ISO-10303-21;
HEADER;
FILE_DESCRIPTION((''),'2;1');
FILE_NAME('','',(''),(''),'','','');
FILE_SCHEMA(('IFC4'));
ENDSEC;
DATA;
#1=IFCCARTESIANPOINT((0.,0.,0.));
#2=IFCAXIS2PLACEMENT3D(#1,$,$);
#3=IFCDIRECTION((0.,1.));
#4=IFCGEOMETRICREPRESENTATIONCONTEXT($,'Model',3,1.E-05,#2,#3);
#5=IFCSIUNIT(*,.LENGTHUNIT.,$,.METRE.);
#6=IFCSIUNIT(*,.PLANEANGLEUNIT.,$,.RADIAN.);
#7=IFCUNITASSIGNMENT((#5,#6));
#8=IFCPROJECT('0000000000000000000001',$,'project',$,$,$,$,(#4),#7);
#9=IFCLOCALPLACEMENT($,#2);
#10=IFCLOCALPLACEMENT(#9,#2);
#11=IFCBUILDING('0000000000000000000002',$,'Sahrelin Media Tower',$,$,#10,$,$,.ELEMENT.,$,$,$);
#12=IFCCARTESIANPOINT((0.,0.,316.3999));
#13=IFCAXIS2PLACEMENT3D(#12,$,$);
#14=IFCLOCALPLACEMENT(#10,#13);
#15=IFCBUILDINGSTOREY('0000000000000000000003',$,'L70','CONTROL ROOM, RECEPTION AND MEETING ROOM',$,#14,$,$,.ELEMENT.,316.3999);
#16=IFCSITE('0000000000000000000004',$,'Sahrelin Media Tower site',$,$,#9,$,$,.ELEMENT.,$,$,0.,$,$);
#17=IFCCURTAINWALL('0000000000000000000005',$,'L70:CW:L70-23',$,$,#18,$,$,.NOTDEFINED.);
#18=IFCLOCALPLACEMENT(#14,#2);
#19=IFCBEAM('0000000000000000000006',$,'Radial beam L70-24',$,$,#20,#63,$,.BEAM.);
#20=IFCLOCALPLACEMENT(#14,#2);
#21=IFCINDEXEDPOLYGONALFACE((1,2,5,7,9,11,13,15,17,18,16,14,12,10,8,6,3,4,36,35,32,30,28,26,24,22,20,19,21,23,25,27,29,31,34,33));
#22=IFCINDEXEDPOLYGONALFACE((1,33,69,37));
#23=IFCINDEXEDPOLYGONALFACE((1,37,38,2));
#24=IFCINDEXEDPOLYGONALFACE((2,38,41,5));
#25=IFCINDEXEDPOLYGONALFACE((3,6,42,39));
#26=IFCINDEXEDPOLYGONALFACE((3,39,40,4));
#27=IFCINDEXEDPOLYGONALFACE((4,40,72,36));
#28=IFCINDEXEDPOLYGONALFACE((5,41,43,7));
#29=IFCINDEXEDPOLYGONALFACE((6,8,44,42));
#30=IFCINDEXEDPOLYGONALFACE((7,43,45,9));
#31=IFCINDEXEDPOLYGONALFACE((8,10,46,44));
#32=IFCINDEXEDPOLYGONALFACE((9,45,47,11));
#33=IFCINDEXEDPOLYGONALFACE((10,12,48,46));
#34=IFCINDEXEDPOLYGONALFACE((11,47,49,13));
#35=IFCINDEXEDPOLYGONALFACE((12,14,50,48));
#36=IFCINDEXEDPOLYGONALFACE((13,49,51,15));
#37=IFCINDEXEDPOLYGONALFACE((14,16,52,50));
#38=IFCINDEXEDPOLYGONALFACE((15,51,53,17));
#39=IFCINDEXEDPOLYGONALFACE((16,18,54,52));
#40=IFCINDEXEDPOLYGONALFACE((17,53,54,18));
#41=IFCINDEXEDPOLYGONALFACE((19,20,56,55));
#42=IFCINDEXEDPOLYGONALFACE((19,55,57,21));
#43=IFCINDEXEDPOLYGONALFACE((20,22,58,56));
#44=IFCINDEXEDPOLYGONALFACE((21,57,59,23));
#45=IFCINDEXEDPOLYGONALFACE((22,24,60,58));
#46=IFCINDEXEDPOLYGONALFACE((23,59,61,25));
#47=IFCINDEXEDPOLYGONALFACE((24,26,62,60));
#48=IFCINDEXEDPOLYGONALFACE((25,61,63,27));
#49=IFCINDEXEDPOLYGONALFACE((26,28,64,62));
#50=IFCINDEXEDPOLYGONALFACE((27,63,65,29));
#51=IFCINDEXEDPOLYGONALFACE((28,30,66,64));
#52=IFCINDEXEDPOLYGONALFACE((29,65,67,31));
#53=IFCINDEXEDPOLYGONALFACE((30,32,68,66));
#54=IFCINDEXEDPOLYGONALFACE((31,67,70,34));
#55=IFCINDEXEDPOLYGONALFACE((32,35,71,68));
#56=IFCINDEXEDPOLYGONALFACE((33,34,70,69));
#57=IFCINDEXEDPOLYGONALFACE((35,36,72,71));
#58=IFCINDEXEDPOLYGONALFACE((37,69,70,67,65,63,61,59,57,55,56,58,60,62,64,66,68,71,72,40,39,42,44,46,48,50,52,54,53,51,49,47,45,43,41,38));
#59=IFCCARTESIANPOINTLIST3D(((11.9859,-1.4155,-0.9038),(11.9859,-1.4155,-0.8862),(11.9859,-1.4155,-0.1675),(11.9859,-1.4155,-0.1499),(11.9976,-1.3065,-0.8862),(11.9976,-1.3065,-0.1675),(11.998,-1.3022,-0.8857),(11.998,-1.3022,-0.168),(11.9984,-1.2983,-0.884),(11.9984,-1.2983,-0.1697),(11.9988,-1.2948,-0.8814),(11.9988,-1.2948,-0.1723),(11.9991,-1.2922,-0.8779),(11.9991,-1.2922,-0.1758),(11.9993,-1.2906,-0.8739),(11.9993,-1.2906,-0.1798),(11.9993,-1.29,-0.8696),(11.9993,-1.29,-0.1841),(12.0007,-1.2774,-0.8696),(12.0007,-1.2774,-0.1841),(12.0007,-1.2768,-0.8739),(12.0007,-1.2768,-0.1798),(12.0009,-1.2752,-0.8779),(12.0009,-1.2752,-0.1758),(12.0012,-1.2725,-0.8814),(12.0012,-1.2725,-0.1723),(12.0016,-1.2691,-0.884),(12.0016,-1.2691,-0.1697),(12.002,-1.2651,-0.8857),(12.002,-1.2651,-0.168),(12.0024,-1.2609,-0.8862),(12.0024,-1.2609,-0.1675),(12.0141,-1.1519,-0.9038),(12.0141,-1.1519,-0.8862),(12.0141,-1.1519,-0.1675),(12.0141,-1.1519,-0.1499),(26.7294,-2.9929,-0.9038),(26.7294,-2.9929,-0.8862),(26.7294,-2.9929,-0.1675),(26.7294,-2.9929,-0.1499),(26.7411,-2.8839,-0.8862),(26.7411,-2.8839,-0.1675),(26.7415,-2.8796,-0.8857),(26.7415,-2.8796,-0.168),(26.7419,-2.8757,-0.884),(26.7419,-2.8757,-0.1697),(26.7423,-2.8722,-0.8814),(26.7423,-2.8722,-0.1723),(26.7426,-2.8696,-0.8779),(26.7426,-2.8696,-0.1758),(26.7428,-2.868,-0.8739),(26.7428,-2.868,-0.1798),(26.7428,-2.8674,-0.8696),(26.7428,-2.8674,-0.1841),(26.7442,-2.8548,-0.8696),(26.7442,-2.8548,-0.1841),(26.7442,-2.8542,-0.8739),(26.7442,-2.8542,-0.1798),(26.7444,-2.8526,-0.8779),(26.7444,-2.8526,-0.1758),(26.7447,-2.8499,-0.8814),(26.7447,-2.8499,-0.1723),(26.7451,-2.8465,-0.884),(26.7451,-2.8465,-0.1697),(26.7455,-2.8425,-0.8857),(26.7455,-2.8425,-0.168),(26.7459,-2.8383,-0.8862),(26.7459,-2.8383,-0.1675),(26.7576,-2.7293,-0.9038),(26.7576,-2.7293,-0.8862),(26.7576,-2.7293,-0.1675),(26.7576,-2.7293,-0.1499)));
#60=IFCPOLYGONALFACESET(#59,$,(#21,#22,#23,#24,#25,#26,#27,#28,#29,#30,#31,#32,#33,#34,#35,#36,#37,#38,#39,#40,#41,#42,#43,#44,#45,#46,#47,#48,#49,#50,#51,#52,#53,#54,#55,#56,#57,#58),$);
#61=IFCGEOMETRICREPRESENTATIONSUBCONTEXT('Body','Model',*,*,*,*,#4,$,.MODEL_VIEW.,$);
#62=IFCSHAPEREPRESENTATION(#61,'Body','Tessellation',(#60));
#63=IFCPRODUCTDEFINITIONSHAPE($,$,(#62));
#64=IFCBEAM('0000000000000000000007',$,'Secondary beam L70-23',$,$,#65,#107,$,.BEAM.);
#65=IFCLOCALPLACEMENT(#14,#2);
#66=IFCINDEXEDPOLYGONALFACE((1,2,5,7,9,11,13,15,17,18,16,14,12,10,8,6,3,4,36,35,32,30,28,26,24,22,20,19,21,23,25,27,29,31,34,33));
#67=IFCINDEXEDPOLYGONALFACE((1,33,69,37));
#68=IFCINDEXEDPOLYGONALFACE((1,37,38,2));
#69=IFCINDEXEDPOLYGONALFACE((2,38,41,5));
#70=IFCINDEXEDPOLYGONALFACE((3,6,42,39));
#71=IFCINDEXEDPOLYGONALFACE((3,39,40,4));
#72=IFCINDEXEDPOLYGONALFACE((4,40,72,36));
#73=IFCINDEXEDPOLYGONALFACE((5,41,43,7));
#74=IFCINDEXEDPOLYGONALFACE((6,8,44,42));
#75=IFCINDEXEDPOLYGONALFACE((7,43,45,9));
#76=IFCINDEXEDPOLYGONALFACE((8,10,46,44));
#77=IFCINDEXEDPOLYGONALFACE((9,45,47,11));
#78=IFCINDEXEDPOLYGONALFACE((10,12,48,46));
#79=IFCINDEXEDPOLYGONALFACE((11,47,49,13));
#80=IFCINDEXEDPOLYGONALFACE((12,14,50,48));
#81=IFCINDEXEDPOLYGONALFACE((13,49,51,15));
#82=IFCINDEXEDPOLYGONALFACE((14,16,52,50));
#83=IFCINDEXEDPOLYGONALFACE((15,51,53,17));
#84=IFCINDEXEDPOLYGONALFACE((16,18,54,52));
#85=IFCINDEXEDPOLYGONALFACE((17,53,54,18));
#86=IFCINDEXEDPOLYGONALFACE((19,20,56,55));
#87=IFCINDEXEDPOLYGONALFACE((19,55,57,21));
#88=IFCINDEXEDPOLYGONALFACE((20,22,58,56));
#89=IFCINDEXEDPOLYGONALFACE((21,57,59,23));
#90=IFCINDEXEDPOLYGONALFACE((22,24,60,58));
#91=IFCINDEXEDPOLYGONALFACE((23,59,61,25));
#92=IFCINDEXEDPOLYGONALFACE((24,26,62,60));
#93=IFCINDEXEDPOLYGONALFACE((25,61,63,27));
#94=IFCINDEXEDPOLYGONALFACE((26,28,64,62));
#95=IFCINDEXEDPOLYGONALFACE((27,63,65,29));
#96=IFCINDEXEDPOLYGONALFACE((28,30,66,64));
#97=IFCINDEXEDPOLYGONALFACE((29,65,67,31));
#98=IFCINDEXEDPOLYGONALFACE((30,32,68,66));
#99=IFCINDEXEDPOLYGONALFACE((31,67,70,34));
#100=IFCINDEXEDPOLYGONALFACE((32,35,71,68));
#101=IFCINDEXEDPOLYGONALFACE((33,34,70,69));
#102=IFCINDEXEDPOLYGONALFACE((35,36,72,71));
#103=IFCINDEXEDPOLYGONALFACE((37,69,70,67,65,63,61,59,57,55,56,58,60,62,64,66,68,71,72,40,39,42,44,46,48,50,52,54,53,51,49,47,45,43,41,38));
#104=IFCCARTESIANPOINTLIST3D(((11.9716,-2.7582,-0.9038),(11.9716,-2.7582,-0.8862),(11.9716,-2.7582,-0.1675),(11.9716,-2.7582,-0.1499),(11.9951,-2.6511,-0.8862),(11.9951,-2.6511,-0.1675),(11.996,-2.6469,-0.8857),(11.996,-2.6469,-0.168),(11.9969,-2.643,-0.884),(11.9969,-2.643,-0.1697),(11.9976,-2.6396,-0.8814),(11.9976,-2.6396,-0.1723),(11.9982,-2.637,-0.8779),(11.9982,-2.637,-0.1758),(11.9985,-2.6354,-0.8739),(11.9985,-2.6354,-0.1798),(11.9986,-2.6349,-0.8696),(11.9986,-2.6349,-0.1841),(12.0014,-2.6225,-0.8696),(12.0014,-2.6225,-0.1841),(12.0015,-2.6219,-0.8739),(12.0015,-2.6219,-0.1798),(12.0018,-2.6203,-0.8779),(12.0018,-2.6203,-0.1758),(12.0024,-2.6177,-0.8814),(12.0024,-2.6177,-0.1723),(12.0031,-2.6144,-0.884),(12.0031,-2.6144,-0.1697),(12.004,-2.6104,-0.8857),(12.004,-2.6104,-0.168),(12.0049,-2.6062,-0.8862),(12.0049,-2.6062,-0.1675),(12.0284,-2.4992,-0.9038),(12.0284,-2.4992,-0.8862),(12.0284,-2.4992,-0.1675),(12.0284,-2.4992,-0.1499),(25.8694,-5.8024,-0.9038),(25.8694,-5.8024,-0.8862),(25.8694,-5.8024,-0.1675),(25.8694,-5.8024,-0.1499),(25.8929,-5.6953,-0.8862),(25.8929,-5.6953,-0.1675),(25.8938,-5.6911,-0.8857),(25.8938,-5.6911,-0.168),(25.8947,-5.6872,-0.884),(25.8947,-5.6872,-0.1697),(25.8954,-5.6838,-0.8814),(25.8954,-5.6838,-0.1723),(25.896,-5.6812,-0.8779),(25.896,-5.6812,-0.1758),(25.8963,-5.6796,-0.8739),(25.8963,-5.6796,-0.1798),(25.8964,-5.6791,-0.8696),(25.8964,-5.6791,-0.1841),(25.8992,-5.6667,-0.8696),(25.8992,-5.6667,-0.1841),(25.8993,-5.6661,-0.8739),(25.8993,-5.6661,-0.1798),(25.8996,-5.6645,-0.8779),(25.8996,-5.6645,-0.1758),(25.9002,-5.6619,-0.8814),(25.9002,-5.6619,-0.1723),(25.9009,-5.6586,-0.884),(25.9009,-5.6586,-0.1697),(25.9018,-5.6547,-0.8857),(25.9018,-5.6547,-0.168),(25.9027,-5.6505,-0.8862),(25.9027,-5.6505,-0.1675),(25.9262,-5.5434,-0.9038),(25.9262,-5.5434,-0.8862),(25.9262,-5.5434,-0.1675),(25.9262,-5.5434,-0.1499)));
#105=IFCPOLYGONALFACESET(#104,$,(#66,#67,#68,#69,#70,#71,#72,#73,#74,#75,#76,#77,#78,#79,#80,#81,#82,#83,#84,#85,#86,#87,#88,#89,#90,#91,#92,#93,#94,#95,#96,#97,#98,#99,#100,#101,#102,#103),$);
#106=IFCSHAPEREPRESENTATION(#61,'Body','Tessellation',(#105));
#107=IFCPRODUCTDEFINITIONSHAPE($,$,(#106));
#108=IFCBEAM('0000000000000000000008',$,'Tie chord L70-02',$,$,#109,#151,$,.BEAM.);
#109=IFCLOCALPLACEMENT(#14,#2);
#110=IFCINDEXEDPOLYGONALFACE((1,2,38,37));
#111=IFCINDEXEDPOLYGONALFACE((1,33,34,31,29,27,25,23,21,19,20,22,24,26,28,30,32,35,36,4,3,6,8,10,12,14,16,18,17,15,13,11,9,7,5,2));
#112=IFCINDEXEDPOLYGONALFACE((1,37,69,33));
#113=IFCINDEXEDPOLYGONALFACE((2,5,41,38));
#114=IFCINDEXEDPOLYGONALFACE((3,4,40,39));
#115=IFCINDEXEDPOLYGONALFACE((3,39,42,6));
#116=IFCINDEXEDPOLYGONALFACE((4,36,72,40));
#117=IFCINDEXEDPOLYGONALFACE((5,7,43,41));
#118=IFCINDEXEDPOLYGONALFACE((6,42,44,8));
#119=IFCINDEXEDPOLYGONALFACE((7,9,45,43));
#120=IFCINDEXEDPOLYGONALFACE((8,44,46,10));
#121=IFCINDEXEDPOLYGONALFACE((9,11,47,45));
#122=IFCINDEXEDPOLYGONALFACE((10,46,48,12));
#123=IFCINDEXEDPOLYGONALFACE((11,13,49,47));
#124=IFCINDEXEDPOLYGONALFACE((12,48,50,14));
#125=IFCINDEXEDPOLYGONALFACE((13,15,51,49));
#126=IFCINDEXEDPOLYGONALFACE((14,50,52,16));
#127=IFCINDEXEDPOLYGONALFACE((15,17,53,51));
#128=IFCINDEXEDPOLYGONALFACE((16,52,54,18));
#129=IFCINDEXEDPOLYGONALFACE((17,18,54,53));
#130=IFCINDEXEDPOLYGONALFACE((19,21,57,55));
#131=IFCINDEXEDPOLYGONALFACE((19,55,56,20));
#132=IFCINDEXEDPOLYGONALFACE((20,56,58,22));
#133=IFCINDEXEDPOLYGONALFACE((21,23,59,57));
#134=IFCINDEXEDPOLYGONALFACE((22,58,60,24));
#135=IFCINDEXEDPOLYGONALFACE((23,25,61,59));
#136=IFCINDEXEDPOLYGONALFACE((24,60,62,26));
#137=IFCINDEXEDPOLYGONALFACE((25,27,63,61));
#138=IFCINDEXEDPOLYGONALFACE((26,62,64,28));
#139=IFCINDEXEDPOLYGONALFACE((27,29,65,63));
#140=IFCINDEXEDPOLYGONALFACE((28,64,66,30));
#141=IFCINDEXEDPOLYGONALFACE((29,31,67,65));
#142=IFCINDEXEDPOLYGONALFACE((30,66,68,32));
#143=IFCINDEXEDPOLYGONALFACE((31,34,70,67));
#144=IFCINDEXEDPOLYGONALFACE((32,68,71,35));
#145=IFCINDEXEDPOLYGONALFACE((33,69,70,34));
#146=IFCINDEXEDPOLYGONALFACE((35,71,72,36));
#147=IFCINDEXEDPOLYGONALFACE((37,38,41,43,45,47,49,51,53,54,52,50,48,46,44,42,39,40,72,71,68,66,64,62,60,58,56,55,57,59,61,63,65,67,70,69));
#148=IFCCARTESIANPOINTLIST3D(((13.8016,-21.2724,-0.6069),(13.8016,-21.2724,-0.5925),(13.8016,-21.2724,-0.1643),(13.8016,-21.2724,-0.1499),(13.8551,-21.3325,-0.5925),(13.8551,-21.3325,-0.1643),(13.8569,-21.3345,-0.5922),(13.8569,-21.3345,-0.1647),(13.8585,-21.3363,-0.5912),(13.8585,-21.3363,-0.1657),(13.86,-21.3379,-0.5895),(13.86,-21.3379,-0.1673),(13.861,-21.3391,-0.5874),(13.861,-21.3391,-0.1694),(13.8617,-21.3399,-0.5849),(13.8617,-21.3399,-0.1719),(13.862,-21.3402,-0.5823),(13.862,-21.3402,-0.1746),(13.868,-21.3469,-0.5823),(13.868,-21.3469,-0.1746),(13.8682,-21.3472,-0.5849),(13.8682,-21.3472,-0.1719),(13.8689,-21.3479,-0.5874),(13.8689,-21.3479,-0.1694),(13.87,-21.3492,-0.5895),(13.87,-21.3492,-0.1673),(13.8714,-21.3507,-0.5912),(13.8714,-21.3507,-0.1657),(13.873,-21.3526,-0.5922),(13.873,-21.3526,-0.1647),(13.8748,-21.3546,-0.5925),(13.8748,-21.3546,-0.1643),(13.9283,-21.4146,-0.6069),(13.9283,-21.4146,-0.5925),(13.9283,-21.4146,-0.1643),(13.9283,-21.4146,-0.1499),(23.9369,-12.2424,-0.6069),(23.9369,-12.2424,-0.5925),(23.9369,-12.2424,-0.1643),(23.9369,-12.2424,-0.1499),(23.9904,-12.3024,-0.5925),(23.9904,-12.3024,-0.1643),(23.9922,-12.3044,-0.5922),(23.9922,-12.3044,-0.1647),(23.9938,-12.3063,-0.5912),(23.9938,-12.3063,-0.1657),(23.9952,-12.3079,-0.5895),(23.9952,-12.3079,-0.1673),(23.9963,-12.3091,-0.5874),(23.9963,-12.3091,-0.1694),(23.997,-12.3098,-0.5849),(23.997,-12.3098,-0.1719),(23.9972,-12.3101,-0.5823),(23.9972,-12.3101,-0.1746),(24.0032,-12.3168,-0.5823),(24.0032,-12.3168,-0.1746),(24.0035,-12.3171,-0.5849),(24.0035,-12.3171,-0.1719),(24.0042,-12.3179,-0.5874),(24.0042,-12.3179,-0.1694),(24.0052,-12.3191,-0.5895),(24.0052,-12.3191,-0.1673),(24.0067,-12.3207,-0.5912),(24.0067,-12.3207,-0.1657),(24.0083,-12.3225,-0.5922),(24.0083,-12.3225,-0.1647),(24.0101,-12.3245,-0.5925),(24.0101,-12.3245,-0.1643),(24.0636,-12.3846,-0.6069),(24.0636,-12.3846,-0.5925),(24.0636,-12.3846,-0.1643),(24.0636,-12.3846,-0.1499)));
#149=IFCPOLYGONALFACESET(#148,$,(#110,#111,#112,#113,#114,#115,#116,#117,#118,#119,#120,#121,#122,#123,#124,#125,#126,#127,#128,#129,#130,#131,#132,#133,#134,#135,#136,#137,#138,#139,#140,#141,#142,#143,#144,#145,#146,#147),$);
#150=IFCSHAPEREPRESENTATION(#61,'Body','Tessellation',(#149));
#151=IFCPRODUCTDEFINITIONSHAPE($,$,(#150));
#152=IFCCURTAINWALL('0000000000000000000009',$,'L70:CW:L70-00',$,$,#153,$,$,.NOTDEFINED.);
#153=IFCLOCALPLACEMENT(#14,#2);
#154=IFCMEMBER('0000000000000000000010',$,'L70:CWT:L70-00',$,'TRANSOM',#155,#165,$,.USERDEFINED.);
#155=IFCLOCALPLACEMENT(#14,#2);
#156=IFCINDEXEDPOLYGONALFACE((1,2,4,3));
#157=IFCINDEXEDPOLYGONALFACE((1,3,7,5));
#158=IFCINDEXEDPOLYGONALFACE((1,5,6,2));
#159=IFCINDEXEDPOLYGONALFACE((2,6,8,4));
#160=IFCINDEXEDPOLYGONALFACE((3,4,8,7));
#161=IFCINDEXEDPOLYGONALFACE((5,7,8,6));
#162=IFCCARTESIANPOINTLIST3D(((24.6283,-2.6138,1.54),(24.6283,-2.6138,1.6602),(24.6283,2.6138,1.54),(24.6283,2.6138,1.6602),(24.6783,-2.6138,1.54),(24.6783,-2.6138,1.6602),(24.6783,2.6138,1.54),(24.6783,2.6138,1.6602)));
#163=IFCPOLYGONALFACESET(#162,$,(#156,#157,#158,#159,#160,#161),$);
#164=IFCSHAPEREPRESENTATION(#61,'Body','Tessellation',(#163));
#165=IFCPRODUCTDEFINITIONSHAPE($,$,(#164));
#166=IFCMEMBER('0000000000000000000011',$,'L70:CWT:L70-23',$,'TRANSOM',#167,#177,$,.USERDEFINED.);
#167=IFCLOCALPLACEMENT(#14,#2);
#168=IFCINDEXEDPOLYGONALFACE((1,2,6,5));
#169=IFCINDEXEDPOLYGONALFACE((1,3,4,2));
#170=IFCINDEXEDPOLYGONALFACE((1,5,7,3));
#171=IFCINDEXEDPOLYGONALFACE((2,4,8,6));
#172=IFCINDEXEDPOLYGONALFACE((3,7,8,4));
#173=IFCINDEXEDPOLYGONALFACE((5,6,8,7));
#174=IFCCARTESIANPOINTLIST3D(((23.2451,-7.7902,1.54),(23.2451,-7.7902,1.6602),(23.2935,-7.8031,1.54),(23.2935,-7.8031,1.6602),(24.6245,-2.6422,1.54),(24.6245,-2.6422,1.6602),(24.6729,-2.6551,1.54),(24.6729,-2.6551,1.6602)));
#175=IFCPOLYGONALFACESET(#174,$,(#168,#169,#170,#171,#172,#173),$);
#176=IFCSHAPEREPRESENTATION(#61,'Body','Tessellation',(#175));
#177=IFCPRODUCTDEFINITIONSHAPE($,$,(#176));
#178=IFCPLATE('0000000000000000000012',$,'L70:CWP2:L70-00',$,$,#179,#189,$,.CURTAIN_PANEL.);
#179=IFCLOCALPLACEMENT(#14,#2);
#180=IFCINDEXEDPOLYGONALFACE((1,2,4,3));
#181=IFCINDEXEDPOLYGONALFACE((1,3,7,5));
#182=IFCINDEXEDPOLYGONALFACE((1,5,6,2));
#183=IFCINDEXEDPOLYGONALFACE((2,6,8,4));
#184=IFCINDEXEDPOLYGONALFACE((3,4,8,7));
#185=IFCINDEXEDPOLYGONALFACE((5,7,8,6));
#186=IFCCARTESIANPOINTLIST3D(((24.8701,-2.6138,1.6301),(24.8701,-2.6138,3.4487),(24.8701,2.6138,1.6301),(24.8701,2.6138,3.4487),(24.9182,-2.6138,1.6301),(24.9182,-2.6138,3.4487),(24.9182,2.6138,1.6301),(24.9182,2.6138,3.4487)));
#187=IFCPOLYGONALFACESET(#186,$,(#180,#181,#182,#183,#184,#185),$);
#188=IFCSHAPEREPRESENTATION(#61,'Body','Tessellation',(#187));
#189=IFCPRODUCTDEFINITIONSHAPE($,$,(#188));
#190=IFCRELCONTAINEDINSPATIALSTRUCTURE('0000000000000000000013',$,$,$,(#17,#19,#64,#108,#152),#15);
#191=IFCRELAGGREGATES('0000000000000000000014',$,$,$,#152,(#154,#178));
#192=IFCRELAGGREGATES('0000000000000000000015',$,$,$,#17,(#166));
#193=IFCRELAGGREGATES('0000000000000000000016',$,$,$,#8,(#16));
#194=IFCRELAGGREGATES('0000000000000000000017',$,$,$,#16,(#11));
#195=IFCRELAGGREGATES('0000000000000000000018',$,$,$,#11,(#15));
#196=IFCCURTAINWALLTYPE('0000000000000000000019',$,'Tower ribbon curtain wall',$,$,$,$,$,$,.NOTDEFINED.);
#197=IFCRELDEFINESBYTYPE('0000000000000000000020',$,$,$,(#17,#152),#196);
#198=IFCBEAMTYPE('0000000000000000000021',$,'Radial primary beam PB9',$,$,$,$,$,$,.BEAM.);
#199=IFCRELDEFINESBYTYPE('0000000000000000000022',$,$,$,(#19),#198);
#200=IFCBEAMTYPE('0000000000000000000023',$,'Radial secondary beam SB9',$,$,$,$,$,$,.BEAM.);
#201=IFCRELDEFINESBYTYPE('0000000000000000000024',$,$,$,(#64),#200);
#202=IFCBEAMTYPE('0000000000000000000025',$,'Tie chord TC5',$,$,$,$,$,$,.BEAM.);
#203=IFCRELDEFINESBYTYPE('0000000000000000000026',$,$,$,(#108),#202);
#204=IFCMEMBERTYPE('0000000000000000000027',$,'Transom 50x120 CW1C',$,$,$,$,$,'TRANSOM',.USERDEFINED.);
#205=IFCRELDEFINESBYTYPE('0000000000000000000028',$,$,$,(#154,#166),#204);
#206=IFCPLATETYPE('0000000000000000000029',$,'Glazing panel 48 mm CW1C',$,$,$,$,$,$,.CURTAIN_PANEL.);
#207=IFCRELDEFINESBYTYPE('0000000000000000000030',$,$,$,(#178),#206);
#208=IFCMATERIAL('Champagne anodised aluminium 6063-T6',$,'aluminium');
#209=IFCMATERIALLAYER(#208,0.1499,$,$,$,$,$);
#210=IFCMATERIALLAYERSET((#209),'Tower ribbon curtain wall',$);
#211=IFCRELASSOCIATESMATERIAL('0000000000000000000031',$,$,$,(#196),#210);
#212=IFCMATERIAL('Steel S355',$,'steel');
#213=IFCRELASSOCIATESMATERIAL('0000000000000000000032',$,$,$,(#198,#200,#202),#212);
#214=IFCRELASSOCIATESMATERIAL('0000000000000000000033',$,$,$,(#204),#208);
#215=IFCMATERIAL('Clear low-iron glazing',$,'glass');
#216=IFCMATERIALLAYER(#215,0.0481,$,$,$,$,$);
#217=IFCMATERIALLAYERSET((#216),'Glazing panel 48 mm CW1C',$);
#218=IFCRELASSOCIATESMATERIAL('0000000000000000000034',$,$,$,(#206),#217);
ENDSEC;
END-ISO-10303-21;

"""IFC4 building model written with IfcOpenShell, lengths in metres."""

from ifc_helpers import new_model, si_unit, direction, frame, origin, origin_2d, place, context, subcontext, project, spatial, polyline, rectangle, i_section, outline, extrude, material, layer, layer_set, material_profile, profile_set, type_object, element, aggregate, save


model = new_model("IFC4")

# Units and contexts
model_context = context("Model", 3, precision=1e-05, world=origin(), true_north=direction((0.0, 1.0)))
body_context = subcontext(model_context, "Body", "Model", "MODEL_VIEW")
ifc_project = project(units=[si_unit("LENGTHUNIT", "METRE"), si_unit("PLANEANGLEUNIT", "RADIAN")], contexts=[model_context])

# Site, building, storey
site_placement = place(None, origin())
site = spatial("IfcSite", under=ifc_project, at=site_placement, Name="Sahrelin Media Tower site", CompositionType="ELEMENT", RefElevation=0.0)
building_placement = place(site_placement, origin())
building = spatial("IfcBuilding", under=site, at=building_placement, Name="Sahrelin Media Tower", CompositionType="ELEMENT")
storey_placement = place(building_placement, frame((0.0, 0.0, 316.3999)))
storey = spatial("IfcBuildingStorey", under=building, at=storey_placement, Name="L70", Description="CONTROL ROOM, RECEPTION AND MEETING ROOM", CompositionType="ELEMENT", Elevation=316.3999)

# Shared definitions
ifc_material_1 = material(Name="Steel S355", Category="steel")

# Curtain wall
ifc_material_2 = material(Name="Champagne anodised aluminium 6063-T6", Category="aluminium")
ifc_layer_1 = layer(ifc_material_2, 0.1499)
ifc_layer_set_1 = layer_set([ifc_layer_1], Name="Tower ribbon curtain wall")
curtain_wall_type = type_object("IfcCurtainWallType", Name="Tower ribbon curtain wall", PredefinedType="NOTDEFINED", material=ifc_layer_set_1)
curtain_wall_1_placement = place(storey_placement, frame((24.1956, -5.2859, 0.0), z_axis=(0.0, 0.0, 1.0), x_axis=(1.0, 0.0, 0.0)))
curtain_wall_1 = element("IfcCurtainWall", 1, at=curtain_wall_1_placement, inside=storey, type_object=curtain_wall_type, Name="L70:CW:L70-23", PredefinedType="NOTDEFINED")

# Beams
ifc_material_profile_1 = material_profile(ifc_material_1, i_section(OverallWidth=0.2651, OverallDepth=0.7539, WebThickness=0.0127, FlangeThickness=0.0176, FilletRadius=0.0166, at=origin_2d()), Name="UB 762x267x147")
ifc_profile_set_1 = profile_set([ifc_material_profile_1], Name="Steel S355")
beam_type_1 = type_object("IfcBeamType", Name="Radial primary beam PB9", PredefinedType="BEAM", material=ifc_profile_set_1)
beam_1_placement = place(storey_placement, frame((12.0, -1.2837, -0.5269), z_axis=(0.994325, -0.106383, 0.0), x_axis=(0.106383, 0.994325, 0.0)))
element("IfcBeam", 2, at=beam_1_placement, inside=storey, type_object=beam_type_1, Name="Radial beam L70-24", PredefinedType="BEAM", context=body_context, shape_type="SweptSolid", body=[
    extrude(i_section(OverallWidth=0.2651, OverallDepth=0.7539, WebThickness=0.0127, FlangeThickness=0.0176, FilletRadius=0.0166, at=origin_2d()), origin(), (0.0, 0.0, 1.0), 14.8276),
])
ifc_material_profile_2 = material_profile(ifc_material_1, i_section(OverallWidth=0.2651, OverallDepth=0.7539, WebThickness=0.0127, FlangeThickness=0.0176, FilletRadius=0.0166, at=origin_2d()), Name="UB 762x267x147")
ifc_profile_set_2 = profile_set([ifc_material_profile_2], Name="Steel S355")
beam_type_2 = type_object("IfcBeamType", Name="Radial secondary beam SB9", PredefinedType="BEAM", material=ifc_profile_set_2)
beam_2_placement = place(storey_placement, frame((12.0, -2.6287, -0.5269), z_axis=(0.97684, -0.21397, 0.0), x_axis=(0.21397, 0.97684, 0.0)))
element("IfcBeam", 3, at=beam_2_placement, inside=storey, type_object=beam_type_2, Name="Secondary beam L70-23", PredefinedType="BEAM", context=body_context, shape_type="SweptSolid", body=[
    extrude(i_section(OverallWidth=0.2651, OverallDepth=0.7539, WebThickness=0.0127, FlangeThickness=0.0176, FilletRadius=0.0166, at=origin_2d()), origin(), (0.0, 0.0, 1.0), 14.2273),
])
ifc_material_profile_3 = material_profile(ifc_material_1, i_section(OverallWidth=0.1904, OverallDepth=0.457, WebThickness=0.009, FlangeThickness=0.0144, FilletRadius=0.0103, at=origin_2d()), Name="UB 457x191x74")
ifc_profile_set_3 = profile_set([ifc_material_profile_3], Name="Steel S355")
beam_type_3 = type_object("IfcBeamType", Name="Tie chord TC5", PredefinedType="BEAM", material=ifc_profile_set_3)
beam_3_placement = place(storey_placement, frame((24.0002, -12.3135, -0.3784), z_axis=(-0.746644, -0.665224, 0.0), x_axis=(0.665224, -0.746644, 0.0)))
element("IfcBeam", 4, at=beam_3_placement, inside=storey, type_object=beam_type_3, Name="Tie chord L70-02", PredefinedType="BEAM", context=body_context, shape_type="SweptSolid", body=[
    extrude(i_section(OverallWidth=0.1904, OverallDepth=0.457, WebThickness=0.009, FlangeThickness=0.0144, FilletRadius=0.0103, at=origin_2d()), origin(), (0.0, 0.0, 1.0), 13.5745),
])

# Curtain wall, member
curtain_wall_2_placement = place(storey_placement, frame((24.8982, 0.0, 0.0), z_axis=(0.0, 0.0, 1.0), x_axis=(1.0, 0.0, 0.0)))
curtain_wall_2 = element("IfcCurtainWall", 5, at=curtain_wall_2_placement, inside=storey, type_object=curtain_wall_type, Name="L70:CW:L70-00", PredefinedType="NOTDEFINED")
ifc_material_profile_4 = material_profile(ifc_material_2, rectangle(XDim=0.05, YDim=0.1201, at=origin_2d()), Name="Transom 50x120")
ifc_profile_set_4 = profile_set([ifc_material_profile_4], Name="Champagne anodised aluminium 6063-T6")
member_type_1 = type_object("IfcMemberType", Name="Transom 50x120 CW1C", ElementType="TRANSOM", PredefinedType="USERDEFINED", material=ifc_profile_set_4)
member_1_placement = place(storey_placement, frame((24.6533, -2.6138, 1.6001), z_axis=(0.0, 1.0, 0.0), x_axis=(-1.0, 0.0, 0.0)))
member_1 = element("IfcMember", 6, at=member_1_placement, type_object=member_type_1, Name="L70:CWT:L70-00", ObjectType="TRANSOM", PredefinedType="USERDEFINED", context=body_context, shape_type="SweptSolid", body=[
    extrude(rectangle(XDim=0.05, YDim=0.1201, at=origin_2d()), origin(), (0.0, 0.0, 1.0), 5.2275),
])

# Member
member_2_placement = place(storey_placement, frame((23.2693, -7.7966, 1.6001), z_axis=(0.25882, 0.965926, 0.0), x_axis=(-0.965926, 0.25882, 0.0)))
member_2 = element("IfcMember", 7, at=member_2_placement, type_object=member_type_1, Name="L70:CWT:L70-23", ObjectType="TRANSOM", PredefinedType="USERDEFINED", context=body_context, shape_type="SweptSolid", body=[
    extrude(rectangle(XDim=0.05, YDim=0.1201, at=origin_2d()), origin(), (0.0, 0.0, 1.0), 5.3296),
])

# Plate
ifc_material_3 = material(Name="Clear low-iron glazing", Category="glass")
ifc_layer_2 = layer(ifc_material_3, 0.0481)
ifc_layer_set_2 = layer_set([ifc_layer_2], Name="Glazing panel 48 mm CW1C")
plate_type_1 = type_object("IfcPlateType", Name="Glazing panel 48 mm CW1C", PredefinedType="CURTAIN_PANEL", material=ifc_layer_set_2)
plate_1_placement = place(storey_placement, frame((24.9182, -2.6138, 1.6301), z_axis=(1.0, 0.0, 0.0), x_axis=(0.0, 1.0, 0.0)))
plate_1 = element("IfcPlate", 8, at=plate_1_placement, type_object=plate_type_1, Name="L70:CWP2:L70-00", PredefinedType="CURTAIN_PANEL", context=body_context, shape_type="SweptSolid", body=[
    extrude(outline(polyline([(0.0, 0.0), (5.2275, 0.0), (5.2275, 1.8186), (0.0, 1.8186), (0.0, 0.0)])), origin(), (0.0, 0.0, -1.0), 0.0481),
])
aggregate(curtain_wall_2, [member_1, plate_1])
aggregate(curtain_wall_1, [member_2])

save(model, "model.ifc")
